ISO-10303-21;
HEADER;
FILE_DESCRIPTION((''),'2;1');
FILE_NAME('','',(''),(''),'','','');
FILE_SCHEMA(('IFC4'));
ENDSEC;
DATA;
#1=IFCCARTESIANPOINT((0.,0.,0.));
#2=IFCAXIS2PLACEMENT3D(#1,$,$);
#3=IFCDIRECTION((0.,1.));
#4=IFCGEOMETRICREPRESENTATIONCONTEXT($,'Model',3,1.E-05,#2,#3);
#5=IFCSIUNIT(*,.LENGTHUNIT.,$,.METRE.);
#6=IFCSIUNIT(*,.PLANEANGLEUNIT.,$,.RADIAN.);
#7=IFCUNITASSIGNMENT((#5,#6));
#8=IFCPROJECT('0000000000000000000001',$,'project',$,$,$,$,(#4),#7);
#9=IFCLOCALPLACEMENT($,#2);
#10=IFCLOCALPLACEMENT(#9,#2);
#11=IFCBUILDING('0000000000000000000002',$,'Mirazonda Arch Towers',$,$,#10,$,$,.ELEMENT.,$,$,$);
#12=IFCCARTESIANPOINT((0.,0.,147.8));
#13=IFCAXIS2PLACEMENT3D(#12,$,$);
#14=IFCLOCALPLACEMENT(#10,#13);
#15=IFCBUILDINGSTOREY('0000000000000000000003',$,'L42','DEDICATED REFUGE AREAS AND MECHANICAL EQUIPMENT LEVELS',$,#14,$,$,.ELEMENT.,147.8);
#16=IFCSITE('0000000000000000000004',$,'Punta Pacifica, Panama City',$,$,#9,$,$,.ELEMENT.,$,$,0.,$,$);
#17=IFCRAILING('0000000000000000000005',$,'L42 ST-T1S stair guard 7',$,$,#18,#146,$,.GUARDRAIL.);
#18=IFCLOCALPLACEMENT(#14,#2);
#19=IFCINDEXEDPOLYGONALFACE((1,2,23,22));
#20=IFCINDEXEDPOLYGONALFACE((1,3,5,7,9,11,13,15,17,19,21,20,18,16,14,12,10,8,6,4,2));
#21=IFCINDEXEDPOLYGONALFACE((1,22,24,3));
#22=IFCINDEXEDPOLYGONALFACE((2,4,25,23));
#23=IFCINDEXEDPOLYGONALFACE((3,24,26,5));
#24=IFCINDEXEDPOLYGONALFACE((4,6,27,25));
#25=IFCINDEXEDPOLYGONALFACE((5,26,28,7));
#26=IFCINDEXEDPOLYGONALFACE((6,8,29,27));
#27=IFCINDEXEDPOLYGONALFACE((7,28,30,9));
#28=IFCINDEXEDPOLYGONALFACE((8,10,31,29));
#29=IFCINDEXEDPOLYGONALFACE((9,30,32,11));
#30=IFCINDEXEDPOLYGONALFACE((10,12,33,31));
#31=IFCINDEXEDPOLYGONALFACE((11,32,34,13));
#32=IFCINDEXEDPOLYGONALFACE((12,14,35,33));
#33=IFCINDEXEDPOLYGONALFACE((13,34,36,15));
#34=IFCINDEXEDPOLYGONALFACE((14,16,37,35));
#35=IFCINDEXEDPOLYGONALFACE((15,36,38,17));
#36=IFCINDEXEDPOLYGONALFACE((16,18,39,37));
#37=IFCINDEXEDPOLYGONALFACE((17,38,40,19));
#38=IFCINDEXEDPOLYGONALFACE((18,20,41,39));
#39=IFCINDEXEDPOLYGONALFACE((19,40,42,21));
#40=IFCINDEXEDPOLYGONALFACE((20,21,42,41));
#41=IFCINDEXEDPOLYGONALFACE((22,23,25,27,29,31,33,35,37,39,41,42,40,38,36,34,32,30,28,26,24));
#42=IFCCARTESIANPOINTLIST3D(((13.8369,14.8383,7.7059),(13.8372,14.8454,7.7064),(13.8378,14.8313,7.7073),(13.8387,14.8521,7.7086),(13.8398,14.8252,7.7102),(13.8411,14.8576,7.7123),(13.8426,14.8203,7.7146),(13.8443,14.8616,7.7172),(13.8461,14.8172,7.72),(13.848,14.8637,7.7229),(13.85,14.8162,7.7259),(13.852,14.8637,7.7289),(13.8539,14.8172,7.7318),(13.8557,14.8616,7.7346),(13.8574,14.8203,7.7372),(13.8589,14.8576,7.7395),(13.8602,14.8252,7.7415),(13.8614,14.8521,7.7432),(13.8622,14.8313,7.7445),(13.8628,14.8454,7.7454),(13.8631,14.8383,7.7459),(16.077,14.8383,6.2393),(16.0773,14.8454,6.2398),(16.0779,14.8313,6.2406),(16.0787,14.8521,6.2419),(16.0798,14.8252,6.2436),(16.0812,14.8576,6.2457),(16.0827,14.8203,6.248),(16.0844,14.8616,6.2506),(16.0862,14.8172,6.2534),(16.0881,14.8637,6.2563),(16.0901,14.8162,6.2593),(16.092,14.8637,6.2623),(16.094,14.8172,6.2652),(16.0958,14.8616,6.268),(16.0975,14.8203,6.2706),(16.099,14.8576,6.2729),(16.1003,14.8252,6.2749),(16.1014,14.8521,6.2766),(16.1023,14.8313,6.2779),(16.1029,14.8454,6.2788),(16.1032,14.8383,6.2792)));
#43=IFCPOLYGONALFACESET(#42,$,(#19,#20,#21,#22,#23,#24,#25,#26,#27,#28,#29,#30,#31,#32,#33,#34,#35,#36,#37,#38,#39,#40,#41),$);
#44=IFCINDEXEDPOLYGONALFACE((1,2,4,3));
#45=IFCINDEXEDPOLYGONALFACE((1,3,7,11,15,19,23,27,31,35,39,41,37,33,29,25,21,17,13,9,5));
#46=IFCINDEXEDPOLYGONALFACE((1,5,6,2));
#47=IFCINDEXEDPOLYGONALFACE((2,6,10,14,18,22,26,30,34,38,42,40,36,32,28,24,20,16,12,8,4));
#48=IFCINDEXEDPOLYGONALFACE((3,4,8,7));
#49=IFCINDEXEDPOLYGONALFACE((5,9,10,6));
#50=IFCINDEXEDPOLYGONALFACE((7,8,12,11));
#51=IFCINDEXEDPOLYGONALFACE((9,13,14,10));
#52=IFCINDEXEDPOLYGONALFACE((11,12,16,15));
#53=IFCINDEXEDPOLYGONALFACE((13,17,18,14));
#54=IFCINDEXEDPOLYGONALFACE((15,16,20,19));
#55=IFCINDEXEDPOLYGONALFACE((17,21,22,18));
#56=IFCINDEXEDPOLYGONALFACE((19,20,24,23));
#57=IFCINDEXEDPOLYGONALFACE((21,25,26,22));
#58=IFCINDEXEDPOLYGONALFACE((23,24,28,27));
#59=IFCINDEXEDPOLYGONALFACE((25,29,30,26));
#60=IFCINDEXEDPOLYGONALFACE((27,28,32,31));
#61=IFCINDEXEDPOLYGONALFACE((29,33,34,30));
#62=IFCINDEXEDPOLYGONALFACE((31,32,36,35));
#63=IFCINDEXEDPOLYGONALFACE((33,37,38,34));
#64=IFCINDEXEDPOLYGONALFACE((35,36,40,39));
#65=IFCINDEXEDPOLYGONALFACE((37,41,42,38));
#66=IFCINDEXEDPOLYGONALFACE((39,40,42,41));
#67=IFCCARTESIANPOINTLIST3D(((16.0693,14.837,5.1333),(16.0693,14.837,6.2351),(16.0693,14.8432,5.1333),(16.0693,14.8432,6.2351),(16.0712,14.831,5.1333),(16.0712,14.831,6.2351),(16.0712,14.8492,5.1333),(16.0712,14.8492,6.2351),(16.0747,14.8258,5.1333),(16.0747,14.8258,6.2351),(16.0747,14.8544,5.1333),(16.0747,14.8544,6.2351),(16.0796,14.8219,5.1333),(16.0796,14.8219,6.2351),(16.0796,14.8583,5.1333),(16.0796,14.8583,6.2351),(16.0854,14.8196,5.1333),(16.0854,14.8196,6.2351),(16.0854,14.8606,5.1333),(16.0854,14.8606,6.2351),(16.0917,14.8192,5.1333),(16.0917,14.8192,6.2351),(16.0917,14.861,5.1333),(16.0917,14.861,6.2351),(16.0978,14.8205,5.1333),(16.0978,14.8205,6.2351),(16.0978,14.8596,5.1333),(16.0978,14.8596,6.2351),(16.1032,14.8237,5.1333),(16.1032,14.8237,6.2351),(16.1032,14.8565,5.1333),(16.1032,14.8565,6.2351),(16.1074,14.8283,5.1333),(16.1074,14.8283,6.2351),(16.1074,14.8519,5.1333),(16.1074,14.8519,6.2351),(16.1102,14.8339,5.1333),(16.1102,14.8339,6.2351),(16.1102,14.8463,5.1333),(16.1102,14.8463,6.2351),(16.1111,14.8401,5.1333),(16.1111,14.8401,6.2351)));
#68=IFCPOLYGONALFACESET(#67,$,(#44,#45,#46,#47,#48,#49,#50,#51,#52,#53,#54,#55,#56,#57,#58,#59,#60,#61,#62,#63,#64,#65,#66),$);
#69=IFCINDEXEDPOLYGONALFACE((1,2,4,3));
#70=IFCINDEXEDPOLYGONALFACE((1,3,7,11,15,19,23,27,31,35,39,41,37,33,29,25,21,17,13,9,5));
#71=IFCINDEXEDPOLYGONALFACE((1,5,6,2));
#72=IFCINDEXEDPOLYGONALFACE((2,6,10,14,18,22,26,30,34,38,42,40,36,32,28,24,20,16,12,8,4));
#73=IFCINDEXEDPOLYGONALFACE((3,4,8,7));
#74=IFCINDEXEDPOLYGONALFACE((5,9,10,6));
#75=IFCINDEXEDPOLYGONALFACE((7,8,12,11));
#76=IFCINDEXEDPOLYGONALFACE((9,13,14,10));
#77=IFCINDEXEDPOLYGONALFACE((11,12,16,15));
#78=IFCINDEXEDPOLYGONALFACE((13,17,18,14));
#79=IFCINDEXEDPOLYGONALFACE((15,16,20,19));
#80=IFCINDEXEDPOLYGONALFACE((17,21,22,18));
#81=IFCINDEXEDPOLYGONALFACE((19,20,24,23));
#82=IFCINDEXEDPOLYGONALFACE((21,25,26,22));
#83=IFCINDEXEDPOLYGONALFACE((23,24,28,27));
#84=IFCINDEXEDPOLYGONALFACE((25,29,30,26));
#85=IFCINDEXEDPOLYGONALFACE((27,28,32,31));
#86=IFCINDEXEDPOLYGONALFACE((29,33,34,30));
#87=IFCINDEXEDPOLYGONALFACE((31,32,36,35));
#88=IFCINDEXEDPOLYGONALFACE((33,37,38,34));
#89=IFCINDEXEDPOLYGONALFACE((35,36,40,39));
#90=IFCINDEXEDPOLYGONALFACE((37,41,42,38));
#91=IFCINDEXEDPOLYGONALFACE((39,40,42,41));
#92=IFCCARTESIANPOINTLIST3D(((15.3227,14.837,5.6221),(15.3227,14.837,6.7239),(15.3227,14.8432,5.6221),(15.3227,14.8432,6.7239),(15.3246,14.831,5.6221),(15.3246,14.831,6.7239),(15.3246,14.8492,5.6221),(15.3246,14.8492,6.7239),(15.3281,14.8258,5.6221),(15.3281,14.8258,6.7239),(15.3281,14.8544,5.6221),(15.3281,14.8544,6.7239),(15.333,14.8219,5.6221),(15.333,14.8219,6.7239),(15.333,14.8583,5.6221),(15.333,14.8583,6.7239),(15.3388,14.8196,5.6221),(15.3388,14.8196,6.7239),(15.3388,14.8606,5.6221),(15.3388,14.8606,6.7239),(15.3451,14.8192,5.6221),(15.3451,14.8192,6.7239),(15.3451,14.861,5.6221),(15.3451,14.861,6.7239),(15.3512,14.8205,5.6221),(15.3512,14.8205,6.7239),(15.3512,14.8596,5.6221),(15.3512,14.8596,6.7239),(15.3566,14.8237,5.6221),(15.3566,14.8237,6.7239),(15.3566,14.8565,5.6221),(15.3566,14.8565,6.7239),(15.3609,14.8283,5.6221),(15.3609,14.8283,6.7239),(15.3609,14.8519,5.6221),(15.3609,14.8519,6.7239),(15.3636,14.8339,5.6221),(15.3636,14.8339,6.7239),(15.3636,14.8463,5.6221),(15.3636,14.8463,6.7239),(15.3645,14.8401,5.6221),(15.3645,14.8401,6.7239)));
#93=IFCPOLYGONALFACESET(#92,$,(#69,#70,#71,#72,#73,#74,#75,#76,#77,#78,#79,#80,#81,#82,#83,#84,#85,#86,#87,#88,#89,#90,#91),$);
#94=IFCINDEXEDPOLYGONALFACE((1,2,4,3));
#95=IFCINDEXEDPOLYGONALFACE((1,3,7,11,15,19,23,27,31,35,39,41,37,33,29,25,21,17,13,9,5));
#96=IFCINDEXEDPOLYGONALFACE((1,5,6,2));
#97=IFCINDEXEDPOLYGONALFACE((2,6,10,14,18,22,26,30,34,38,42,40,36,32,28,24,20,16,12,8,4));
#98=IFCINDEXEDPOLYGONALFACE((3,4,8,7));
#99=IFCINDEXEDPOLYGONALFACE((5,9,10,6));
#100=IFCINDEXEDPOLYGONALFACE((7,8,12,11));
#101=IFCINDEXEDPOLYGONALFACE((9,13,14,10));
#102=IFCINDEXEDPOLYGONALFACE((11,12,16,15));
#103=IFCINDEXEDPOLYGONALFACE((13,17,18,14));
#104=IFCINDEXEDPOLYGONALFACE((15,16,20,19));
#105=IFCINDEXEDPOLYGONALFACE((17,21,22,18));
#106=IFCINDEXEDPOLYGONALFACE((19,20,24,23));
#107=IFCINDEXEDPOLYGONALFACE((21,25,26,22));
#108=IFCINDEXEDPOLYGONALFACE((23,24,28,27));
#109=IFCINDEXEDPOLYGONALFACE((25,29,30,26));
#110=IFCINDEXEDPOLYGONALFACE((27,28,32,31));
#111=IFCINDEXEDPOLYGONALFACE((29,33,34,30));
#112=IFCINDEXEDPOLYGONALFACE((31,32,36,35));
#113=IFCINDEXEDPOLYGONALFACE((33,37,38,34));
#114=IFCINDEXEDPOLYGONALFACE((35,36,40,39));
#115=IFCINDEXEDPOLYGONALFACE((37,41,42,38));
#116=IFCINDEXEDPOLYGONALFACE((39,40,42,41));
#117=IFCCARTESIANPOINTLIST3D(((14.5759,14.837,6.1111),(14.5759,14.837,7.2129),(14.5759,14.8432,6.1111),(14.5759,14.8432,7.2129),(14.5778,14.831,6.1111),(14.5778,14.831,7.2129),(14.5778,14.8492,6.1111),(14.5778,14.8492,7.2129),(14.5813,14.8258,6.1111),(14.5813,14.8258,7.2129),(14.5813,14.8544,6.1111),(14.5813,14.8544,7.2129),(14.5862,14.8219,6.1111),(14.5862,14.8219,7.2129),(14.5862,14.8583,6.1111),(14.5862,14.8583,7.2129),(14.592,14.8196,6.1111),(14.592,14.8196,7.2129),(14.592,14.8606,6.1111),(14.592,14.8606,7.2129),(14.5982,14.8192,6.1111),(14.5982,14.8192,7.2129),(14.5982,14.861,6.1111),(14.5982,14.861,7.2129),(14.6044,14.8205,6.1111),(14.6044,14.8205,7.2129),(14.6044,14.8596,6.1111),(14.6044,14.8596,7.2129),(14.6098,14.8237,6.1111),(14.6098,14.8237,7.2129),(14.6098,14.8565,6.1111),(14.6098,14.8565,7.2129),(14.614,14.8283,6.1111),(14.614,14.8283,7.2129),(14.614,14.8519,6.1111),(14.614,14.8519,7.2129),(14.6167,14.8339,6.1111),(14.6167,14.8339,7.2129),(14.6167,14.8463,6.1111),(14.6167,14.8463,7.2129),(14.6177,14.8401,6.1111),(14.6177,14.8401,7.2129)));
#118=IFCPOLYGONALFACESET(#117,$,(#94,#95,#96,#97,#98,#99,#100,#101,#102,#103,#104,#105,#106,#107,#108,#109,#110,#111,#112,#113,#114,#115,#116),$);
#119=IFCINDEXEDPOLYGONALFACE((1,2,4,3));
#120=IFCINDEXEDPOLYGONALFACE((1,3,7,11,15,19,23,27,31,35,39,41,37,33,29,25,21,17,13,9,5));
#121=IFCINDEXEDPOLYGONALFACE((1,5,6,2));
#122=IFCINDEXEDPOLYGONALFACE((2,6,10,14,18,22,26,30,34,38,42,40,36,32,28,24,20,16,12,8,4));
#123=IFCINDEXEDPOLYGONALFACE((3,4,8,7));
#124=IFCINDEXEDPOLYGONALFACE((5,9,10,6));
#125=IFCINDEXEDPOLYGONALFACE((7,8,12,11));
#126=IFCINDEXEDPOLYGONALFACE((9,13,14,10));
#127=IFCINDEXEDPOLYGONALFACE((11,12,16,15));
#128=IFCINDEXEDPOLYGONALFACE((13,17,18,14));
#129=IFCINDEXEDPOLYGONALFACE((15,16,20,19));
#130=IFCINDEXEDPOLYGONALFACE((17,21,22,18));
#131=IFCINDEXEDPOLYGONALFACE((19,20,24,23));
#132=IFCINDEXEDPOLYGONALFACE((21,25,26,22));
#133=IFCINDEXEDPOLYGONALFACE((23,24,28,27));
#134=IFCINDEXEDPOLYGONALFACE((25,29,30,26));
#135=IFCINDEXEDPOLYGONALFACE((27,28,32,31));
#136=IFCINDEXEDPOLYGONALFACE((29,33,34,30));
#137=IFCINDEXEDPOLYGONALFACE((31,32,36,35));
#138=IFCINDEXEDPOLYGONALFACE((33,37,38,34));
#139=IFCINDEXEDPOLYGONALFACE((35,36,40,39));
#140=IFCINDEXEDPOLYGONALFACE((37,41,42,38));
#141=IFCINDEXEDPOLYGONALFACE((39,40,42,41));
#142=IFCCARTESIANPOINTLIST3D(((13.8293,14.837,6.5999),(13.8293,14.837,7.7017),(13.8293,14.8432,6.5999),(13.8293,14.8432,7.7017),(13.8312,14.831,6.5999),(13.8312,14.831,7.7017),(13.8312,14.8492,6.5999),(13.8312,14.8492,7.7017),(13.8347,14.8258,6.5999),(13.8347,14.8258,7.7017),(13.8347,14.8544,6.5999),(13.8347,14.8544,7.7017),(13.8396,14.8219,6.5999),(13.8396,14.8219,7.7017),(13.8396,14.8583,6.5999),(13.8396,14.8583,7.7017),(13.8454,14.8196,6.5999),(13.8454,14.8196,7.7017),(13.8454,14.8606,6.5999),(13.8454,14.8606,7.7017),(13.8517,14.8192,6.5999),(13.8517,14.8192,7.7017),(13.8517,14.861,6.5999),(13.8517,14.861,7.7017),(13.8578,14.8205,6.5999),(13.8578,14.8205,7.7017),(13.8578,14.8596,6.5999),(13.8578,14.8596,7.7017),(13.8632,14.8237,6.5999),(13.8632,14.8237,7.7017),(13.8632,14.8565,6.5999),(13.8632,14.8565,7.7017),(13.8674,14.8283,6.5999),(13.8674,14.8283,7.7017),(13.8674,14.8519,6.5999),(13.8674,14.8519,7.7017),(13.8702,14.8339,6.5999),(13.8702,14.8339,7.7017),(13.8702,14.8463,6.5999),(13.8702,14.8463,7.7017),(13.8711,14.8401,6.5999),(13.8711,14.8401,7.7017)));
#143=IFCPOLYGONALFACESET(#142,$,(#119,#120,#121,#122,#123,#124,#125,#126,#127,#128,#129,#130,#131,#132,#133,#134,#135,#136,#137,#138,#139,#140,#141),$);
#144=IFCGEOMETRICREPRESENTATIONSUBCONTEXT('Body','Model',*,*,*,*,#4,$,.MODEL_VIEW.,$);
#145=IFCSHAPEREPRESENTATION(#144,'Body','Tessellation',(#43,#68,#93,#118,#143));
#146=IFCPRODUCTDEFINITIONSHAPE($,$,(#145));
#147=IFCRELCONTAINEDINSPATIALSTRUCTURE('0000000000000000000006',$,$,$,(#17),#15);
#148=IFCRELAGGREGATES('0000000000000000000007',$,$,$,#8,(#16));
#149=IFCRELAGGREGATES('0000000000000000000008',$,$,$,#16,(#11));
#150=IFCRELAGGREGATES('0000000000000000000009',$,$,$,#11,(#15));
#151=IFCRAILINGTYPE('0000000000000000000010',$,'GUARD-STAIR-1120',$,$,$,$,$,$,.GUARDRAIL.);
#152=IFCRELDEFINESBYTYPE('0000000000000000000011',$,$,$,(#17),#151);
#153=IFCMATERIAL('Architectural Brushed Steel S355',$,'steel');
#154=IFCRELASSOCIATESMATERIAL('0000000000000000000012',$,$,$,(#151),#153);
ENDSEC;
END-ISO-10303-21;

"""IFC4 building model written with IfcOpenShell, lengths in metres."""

from ifc_helpers import new_model, si_unit, direction, frame, origin, origin_2d, place, context, subcontext, project, spatial, circle, extrude, material, type_object, element, save


model = new_model("IFC4")

# Units and contexts
model_context = context("Model", 3, precision=1e-05, world=origin(), true_north=direction((0.0, 1.0)))
body_context = subcontext(model_context, "Body", "Model", "MODEL_VIEW")
ifc_project = project(units=[si_unit("LENGTHUNIT", "METRE"), si_unit("PLANEANGLEUNIT", "RADIAN")], contexts=[model_context])

# Site, building, storey
site_placement = place(None, origin())
site = spatial("IfcSite", under=ifc_project, at=site_placement, Name="Punta Pacifica, Panama City", CompositionType="ELEMENT", RefElevation=0.0)
building_placement = place(site_placement, origin())
building = spatial("IfcBuilding", under=site, at=building_placement, Name="Mirazonda Arch Towers", CompositionType="ELEMENT")
storey_placement = place(building_placement, frame((0.0, 0.0, 147.8)))
storey = spatial("IfcBuildingStorey", under=building, at=storey_placement, Name="L42", Description="DEDICATED REFUGE AREAS AND MECHANICAL EQUIPMENT LEVELS", CompositionType="ELEMENT", Elevation=147.8)

# Shared definitions
ifc_material_1 = material(Name="Architectural Brushed Steel S355", Category="steel")

# Railing
railing_type_1 = type_object("IfcRailingType", Name="GUARD-STAIR-1120", PredefinedType="GUARDRAIL", material=ifc_material_1)
railing_1_placement = place(storey_placement, frame((16.0901, 14.8401, 5.1333)))
element("IfcRailing", 1, at=railing_1_placement, inside=storey, type_object=railing_type_1, Name="L42 ST-T1S stair guard 7", PredefinedType="GUARDRAIL", context=body_context, shape_type="SweptSolid", body=[
    extrude(circle(Radius=0.0239, at=origin_2d()), frame((0.0, 0.0, 1.126), z_axis=(-0.836637, 0.0, 0.547758), x_axis=(0.0, -1.0, 0.0)), (0.0, 0.0, 1.0), 2.6775),
    extrude(circle(Radius=0.021, at=origin_2d()), origin(), (0.0, 0.0, 1.0), 1.1018),
    extrude(circle(Radius=0.021, at=origin_2d()), frame((-0.7466, 0.0, 0.4888)), (0.0, 0.0, 1.0), 1.1018),
    extrude(circle(Radius=0.021, at=origin_2d()), frame((-1.4934, 0.0, 0.9778)), (0.0, 0.0, 1.0), 1.1018),
    extrude(circle(Radius=0.021, at=origin_2d()), frame((-2.24, 0.0, 1.4666)), (0.0, 0.0, 1.0), 1.1018),
])

save(model, "model.ifc")
